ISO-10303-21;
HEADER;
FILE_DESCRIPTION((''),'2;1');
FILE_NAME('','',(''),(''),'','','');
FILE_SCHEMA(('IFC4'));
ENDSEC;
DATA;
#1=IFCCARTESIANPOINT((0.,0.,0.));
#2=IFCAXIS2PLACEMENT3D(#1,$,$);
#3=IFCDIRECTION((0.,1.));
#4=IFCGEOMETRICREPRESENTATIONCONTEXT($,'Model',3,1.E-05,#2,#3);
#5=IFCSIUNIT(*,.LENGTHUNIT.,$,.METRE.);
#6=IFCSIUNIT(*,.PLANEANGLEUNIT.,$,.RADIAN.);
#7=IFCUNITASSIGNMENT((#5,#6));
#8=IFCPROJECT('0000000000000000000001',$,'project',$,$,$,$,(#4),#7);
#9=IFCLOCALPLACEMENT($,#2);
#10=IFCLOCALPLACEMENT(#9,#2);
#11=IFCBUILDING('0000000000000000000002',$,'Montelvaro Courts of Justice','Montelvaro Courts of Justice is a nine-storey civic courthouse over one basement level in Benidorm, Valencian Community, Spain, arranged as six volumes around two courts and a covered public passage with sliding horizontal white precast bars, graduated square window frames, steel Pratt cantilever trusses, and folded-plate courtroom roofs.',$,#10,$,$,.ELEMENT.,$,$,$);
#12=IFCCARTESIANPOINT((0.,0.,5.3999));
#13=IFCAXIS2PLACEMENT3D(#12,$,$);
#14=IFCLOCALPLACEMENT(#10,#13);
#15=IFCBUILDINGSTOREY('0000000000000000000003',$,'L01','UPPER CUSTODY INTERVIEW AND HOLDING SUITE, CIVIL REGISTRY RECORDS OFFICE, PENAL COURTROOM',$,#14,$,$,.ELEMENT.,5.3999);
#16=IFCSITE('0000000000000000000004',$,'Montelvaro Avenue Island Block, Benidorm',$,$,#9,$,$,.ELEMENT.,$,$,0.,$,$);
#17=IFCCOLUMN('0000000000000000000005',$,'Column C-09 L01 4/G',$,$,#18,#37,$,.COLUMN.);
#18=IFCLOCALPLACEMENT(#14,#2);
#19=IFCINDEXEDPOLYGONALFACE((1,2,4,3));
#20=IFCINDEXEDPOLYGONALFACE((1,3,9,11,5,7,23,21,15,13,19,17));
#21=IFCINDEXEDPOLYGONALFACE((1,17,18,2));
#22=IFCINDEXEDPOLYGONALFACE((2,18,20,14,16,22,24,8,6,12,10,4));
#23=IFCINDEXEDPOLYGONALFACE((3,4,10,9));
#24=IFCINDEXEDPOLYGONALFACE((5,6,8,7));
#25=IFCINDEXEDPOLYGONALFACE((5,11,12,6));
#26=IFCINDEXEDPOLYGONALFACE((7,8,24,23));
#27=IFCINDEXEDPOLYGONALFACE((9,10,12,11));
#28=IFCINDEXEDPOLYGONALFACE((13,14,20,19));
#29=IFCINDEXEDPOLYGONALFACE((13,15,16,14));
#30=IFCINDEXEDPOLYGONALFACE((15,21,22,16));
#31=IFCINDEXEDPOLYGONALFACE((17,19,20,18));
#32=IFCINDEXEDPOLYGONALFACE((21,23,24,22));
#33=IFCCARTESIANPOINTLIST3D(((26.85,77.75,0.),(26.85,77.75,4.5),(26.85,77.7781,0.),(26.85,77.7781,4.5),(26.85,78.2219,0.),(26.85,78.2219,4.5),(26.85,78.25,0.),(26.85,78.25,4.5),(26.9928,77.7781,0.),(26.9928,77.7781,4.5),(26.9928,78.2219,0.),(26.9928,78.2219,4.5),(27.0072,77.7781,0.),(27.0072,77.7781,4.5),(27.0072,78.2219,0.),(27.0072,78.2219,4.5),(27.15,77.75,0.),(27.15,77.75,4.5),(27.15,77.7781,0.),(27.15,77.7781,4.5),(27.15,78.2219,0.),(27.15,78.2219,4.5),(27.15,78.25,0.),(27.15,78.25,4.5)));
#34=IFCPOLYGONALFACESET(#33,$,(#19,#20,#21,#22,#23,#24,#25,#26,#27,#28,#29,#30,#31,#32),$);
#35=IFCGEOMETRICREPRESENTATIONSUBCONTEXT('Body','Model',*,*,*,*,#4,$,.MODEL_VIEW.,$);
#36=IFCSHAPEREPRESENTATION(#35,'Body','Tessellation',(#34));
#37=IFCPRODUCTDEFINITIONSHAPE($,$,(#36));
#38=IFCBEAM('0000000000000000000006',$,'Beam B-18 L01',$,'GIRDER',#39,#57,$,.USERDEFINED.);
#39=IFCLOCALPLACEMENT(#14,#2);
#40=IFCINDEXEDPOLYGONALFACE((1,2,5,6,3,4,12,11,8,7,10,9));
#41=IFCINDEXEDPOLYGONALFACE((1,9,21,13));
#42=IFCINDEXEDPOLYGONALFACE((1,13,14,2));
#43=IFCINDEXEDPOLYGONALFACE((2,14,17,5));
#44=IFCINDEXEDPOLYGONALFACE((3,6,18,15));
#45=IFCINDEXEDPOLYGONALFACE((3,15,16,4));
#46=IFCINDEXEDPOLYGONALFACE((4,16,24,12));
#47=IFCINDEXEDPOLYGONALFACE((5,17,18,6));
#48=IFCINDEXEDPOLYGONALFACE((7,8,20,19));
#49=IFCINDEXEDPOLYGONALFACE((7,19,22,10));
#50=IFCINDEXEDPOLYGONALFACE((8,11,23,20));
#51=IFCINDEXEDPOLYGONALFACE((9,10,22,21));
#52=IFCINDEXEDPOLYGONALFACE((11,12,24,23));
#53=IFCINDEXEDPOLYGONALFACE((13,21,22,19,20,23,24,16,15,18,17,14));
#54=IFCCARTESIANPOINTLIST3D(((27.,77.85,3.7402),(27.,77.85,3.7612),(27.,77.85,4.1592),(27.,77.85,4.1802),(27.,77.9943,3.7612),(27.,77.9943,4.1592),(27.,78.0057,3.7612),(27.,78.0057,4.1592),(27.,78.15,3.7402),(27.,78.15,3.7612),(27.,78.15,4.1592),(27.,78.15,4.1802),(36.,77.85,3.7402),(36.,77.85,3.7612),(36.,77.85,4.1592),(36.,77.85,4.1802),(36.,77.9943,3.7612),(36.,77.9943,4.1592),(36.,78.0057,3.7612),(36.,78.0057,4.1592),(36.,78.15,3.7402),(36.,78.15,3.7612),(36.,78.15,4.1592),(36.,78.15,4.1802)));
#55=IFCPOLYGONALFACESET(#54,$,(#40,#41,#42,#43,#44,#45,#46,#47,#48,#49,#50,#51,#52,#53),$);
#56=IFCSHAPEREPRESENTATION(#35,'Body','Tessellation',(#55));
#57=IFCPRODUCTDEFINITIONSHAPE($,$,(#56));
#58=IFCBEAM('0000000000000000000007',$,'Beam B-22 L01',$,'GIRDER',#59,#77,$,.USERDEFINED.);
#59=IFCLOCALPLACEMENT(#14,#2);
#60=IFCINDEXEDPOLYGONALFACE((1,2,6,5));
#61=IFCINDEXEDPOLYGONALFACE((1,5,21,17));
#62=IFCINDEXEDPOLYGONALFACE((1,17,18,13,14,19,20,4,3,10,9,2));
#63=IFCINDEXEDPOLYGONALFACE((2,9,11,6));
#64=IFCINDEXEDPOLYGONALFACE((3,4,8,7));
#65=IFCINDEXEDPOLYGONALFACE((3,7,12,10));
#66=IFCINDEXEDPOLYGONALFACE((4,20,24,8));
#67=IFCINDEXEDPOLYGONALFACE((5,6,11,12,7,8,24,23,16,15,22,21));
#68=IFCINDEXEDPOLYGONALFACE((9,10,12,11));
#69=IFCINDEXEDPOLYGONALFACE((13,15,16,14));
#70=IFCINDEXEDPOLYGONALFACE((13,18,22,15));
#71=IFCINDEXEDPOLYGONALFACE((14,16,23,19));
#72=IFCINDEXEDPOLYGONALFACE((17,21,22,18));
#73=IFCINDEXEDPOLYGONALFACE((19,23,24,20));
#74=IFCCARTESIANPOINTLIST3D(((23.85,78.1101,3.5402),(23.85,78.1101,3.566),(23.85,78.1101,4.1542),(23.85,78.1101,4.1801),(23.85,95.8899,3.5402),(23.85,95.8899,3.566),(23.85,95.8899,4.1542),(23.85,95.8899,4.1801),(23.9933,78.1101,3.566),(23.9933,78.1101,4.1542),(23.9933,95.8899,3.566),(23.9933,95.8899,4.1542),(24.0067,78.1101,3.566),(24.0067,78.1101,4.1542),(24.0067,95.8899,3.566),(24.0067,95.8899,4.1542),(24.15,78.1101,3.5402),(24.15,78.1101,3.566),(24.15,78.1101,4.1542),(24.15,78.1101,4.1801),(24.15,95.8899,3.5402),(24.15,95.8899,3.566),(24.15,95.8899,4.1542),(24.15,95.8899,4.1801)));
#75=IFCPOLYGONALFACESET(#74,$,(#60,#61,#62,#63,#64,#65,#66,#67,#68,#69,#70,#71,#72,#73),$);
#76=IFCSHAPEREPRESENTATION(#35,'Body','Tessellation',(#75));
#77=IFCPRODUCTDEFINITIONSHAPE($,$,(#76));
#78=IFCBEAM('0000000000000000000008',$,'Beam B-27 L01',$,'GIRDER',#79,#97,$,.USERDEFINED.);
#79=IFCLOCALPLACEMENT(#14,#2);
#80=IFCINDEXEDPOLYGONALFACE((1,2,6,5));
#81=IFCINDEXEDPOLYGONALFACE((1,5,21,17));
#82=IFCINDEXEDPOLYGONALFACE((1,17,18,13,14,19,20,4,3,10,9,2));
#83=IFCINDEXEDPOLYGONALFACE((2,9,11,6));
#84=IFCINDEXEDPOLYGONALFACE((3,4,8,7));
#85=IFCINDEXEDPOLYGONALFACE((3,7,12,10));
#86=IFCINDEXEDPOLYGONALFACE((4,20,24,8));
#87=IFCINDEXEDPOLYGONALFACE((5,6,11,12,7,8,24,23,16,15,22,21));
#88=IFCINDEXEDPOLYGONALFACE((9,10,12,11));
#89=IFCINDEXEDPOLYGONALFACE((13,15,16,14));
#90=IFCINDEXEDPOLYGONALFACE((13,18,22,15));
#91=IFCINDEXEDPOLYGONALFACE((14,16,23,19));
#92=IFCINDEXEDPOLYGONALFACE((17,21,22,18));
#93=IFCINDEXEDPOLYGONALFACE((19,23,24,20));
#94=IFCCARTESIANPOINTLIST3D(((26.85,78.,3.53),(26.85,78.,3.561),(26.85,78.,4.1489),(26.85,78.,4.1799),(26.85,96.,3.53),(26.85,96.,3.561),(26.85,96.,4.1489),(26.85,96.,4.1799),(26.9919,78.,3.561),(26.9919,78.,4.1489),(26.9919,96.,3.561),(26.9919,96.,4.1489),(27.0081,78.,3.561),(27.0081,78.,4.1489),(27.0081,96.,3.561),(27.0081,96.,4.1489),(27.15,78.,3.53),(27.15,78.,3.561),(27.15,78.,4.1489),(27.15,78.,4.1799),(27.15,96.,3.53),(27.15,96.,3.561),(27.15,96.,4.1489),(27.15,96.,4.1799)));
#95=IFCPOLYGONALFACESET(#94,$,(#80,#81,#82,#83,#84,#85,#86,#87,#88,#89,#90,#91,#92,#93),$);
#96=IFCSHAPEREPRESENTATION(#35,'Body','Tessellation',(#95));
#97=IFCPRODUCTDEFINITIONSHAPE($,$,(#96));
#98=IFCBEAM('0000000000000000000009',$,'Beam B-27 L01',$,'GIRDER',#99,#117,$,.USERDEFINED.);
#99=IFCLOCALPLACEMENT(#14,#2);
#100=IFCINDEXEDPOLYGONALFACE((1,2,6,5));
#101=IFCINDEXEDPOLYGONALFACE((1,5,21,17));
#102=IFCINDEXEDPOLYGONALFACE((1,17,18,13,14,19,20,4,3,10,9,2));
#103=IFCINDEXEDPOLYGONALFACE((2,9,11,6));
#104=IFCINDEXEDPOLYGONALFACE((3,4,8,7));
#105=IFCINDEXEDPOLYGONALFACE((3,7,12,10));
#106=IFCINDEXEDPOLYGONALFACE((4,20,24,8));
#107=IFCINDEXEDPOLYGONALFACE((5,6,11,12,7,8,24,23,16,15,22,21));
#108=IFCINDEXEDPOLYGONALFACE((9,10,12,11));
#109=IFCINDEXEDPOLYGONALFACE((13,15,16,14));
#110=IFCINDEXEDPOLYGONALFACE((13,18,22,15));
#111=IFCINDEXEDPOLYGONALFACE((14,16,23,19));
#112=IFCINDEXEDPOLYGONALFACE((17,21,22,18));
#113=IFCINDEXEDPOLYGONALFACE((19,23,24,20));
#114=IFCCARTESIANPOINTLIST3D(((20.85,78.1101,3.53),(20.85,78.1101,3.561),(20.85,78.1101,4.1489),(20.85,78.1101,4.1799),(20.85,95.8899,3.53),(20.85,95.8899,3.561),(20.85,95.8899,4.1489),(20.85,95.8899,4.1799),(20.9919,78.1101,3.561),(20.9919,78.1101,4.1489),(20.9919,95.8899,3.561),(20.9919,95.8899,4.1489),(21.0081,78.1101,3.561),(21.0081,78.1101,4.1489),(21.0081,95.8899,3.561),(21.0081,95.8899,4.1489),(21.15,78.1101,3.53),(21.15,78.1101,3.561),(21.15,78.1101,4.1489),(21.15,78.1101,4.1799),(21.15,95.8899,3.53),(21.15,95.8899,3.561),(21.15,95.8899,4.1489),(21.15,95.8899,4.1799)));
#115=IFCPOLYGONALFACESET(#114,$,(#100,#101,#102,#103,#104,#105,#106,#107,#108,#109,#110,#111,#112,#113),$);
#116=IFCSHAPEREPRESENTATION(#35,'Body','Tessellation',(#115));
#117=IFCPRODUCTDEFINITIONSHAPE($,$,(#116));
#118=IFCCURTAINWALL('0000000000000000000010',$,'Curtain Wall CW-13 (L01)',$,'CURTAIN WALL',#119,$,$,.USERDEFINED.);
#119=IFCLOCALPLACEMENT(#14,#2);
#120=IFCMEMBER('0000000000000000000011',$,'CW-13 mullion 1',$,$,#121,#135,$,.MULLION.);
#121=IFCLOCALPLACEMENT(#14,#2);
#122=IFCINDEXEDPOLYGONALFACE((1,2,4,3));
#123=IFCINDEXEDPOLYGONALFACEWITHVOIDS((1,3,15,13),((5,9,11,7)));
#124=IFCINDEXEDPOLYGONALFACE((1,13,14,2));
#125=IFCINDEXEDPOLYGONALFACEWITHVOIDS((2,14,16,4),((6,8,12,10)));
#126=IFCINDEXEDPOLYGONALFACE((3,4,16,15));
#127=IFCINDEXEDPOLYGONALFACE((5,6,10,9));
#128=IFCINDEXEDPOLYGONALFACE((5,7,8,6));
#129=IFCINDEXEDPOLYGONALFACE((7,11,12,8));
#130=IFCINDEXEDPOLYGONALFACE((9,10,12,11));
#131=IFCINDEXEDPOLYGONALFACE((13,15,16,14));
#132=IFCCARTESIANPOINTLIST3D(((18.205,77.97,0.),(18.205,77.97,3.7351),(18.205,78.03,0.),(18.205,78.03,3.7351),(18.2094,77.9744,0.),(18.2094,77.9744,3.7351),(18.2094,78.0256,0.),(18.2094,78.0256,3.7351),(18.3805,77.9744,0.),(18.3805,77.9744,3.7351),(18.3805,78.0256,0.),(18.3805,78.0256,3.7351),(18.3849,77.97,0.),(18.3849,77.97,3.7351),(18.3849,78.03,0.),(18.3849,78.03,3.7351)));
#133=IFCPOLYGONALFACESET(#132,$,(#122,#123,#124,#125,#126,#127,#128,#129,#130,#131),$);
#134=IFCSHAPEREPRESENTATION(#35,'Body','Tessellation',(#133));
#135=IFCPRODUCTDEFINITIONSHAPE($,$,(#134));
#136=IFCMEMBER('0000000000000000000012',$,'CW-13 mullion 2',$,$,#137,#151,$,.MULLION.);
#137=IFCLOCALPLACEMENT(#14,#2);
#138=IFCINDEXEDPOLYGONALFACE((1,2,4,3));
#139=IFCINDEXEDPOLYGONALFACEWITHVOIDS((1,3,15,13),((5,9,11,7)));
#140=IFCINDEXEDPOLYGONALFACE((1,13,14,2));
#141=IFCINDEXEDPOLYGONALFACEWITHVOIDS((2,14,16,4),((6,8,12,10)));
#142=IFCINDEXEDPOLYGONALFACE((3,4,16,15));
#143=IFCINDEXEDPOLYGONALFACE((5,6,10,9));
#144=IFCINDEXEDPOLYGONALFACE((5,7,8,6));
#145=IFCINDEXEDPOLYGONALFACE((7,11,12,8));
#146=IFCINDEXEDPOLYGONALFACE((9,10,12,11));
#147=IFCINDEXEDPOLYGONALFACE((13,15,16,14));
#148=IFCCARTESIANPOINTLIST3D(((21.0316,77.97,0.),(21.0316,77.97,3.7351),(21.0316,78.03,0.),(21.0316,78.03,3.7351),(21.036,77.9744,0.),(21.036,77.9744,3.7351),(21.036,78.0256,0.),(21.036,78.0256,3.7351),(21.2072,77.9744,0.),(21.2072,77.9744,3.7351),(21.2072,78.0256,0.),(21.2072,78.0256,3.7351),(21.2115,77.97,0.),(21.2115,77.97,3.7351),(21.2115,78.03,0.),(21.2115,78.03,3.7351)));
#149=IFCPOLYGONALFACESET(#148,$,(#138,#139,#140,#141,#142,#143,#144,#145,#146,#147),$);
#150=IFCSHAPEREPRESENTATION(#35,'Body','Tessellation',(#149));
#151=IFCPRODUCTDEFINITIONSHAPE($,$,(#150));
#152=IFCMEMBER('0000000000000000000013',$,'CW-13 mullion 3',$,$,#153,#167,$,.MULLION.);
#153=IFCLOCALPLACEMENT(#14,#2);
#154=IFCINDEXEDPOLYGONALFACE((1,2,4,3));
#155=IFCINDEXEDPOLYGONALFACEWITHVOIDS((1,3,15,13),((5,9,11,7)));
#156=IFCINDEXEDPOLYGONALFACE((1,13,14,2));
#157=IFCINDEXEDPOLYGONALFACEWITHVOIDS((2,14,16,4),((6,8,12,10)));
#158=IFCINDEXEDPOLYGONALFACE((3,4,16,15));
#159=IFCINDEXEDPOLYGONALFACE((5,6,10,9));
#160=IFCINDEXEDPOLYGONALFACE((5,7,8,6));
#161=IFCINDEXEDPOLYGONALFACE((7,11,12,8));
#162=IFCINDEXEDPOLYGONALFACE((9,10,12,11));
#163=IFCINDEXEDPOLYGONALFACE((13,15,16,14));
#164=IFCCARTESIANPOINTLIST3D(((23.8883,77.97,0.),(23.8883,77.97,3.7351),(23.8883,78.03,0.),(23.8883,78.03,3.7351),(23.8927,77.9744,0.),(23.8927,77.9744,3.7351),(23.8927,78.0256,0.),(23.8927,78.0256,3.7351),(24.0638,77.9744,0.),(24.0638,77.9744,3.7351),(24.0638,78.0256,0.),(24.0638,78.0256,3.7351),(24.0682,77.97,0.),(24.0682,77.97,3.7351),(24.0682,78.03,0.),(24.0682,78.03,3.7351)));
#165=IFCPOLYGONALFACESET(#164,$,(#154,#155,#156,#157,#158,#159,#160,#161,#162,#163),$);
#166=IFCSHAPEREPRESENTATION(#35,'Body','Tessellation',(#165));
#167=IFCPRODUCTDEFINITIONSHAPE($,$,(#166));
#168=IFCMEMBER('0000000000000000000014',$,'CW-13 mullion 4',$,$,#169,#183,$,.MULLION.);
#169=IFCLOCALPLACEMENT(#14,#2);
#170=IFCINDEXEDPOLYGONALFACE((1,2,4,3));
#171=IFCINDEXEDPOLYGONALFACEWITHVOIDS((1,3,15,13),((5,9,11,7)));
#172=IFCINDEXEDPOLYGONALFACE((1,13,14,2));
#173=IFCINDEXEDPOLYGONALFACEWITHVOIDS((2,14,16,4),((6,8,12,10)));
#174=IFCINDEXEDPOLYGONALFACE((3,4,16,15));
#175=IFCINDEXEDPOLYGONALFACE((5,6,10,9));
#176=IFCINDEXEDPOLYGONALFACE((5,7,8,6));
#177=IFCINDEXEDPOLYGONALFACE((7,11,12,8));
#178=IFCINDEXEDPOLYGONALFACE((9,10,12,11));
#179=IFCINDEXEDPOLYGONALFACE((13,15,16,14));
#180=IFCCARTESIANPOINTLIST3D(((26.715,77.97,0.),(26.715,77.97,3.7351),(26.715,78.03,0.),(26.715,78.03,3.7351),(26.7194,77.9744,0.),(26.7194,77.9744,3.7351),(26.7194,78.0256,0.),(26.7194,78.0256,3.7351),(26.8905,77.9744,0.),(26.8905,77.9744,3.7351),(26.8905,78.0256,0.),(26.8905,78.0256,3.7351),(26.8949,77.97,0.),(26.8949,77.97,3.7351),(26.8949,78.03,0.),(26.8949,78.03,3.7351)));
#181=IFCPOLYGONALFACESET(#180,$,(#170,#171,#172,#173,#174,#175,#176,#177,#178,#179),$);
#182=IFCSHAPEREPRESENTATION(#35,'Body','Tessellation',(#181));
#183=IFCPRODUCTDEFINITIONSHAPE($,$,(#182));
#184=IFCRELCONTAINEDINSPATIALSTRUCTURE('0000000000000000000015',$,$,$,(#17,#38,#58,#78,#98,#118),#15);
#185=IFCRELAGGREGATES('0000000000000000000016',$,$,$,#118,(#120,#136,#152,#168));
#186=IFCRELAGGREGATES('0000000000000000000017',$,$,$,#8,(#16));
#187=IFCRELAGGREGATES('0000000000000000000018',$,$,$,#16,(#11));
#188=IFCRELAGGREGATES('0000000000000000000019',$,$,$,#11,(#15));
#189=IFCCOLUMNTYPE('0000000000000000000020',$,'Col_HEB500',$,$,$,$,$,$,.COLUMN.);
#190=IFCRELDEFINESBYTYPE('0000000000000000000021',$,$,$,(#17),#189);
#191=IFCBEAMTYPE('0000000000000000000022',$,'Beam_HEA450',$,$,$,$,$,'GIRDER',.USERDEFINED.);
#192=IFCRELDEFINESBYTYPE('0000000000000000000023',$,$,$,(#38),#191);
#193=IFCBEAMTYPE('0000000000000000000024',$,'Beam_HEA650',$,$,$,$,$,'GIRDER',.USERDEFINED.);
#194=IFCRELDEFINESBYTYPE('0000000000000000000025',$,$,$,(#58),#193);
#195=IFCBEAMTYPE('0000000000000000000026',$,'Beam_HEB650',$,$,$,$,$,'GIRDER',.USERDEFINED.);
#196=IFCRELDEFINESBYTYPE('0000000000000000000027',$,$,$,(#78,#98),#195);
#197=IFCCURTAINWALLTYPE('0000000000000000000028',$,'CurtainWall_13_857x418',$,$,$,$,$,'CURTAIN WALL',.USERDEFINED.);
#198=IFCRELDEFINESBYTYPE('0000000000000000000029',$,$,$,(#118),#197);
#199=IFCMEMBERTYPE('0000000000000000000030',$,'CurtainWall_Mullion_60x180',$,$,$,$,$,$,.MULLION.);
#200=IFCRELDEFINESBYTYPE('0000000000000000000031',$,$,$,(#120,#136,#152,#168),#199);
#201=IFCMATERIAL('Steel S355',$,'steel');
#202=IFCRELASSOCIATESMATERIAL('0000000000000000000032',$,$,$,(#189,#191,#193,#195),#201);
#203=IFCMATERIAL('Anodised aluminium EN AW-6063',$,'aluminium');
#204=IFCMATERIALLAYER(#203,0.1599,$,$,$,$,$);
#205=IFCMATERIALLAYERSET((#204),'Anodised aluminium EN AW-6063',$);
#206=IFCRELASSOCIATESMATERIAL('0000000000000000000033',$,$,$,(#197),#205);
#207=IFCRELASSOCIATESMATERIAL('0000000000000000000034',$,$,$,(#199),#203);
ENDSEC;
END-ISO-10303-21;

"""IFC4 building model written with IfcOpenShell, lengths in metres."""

from ifc_helpers import new_model, si_unit, direction, frame, origin, origin_2d, place, context, subcontext, project, spatial, hollow_rectangle, i_section, extrude, material, layer, layer_set, material_profile, profile_set, type_object, element, aggregate, save


model = new_model("IFC4")

# Units and contexts
model_context = context("Model", 3, precision=1e-05, world=origin(), true_north=direction((0.0, 1.0)))
body_context = subcontext(model_context, "Body", "Model", "MODEL_VIEW")
ifc_project = project(units=[si_unit("LENGTHUNIT", "METRE"), si_unit("PLANEANGLEUNIT", "RADIAN")], contexts=[model_context])

# Site, building, storey
site_placement = place(None, origin())
site = spatial("IfcSite", under=ifc_project, at=site_placement, Name="Montelvaro Avenue Island Block, Benidorm", CompositionType="ELEMENT", RefElevation=0.0)
building_placement = place(site_placement, origin())
building = spatial("IfcBuilding", under=site, at=building_placement, Name="Montelvaro Courts of Justice", Description="Montelvaro Courts of Justice is a nine-storey civic courthouse over one basement level in Benidorm, Valencian Community, Spain, arranged as six volumes around two courts and a covered public passage with sliding horizontal white precast bars, graduated square window frames, steel Pratt cantilever trusses, and folded-plate courtroom roofs.", CompositionType="ELEMENT")
storey_placement = place(building_placement, frame((0.0, 0.0, 5.3999)))
storey = spatial("IfcBuildingStorey", under=building, at=storey_placement, Name="L01", Description="UPPER CUSTODY INTERVIEW AND HOLDING SUITE, CIVIL REGISTRY RECORDS OFFICE, PENAL COURTROOM", CompositionType="ELEMENT", Elevation=5.3999)

# Column
ifc_material_1 = material(Name="Steel S355", Category="steel")
ifc_material_profile_1 = material_profile(ifc_material_1, i_section(OverallWidth=0.3, OverallDepth=0.5, WebThickness=0.0144, FlangeThickness=0.0281, at=origin_2d()), Name="HEB 500")
ifc_profile_set_1 = profile_set([ifc_material_profile_1], Name="Steel S355")
column_type = type_object("IfcColumnType", Name="Col_HEB500", PredefinedType="COLUMN", material=ifc_profile_set_1)
column_placement = place(storey_placement, frame((27.0, 78.0, 0.0), z_axis=(0.0, 0.0, 1.0), x_axis=(1.0, 0.0, 0.0)))
element("IfcColumn", 1, at=column_placement, inside=storey, type_object=column_type, Name="Column C-09 L01 4/G", PredefinedType="COLUMN", context=body_context, shape_type="SweptSolid", body=[
    extrude(i_section(OverallWidth=0.3, OverallDepth=0.5, WebThickness=0.0144, FlangeThickness=0.0281, at=origin_2d()), origin(), (0.0, 0.0, 1.0), 4.5),
])

# Beams
ifc_material_profile_2 = material_profile(ifc_material_1, i_section(OverallWidth=0.3, OverallDepth=0.4399, WebThickness=0.0115, FlangeThickness=0.021, at=origin_2d()), Name="HEA 450")
ifc_profile_set_2 = profile_set([ifc_material_profile_2], Name="Steel S355")
beam_type_1 = type_object("IfcBeamType", Name="Beam_HEA450", ElementType="GIRDER", PredefinedType="USERDEFINED", material=ifc_profile_set_2)
beam_1_placement = place(storey_placement, frame((27.0, 78.0, 3.9602), z_axis=(1.0, 0.0, 0.0), x_axis=(0.0, 1.0, 0.0)))
element("IfcBeam", 2, at=beam_1_placement, inside=storey, type_object=beam_type_1, Name="Beam B-18 L01", ObjectType="GIRDER", PredefinedType="USERDEFINED", context=body_context, shape_type="SweptSolid", body=[
    extrude(i_section(OverallWidth=0.3, OverallDepth=0.4399, WebThickness=0.0115, FlangeThickness=0.021, at=origin_2d()), origin(), (0.0, 0.0, 1.0), 9.0),
])
ifc_material_profile_3 = material_profile(ifc_material_1, i_section(OverallWidth=0.3, OverallDepth=0.6399, WebThickness=0.0134, FlangeThickness=0.0259, at=origin_2d()), Name="HEA 650")
ifc_profile_set_3 = profile_set([ifc_material_profile_3], Name="Steel S355")
beam_type_2 = type_object("IfcBeamType", Name="Beam_HEA650", ElementType="GIRDER", PredefinedType="USERDEFINED", material=ifc_profile_set_3)
beam_2_placement = place(storey_placement, frame((24.0, 78.1101, 3.8601), z_axis=(0.0, 1.0, 0.0), x_axis=(-1.0, 0.0, 0.0)))
element("IfcBeam", 3, at=beam_2_placement, inside=storey, type_object=beam_type_2, Name="Beam B-22 L01", ObjectType="GIRDER", PredefinedType="USERDEFINED", context=body_context, shape_type="SweptSolid", body=[
    extrude(i_section(OverallWidth=0.3, OverallDepth=0.6399, WebThickness=0.0134, FlangeThickness=0.0259, at=origin_2d()), origin(), (0.0, 0.0, 1.0), 17.7798),
])
ifc_material_profile_4 = material_profile(ifc_material_1, i_section(OverallWidth=0.3, OverallDepth=0.6499, WebThickness=0.0161, FlangeThickness=0.031, at=origin_2d()), Name="HEB 650")
ifc_profile_set_4 = profile_set([ifc_material_profile_4], Name="Steel S355")
beam_type_3 = type_object("IfcBeamType", Name="Beam_HEB650", ElementType="GIRDER", PredefinedType="USERDEFINED", material=ifc_profile_set_4)
beam_3_placement = place(storey_placement, frame((27.0, 78.0, 3.855), z_axis=(0.0, 1.0, 0.0), x_axis=(-1.0, 0.0, 0.0)))
element("IfcBeam", 4, at=beam_3_placement, inside=storey, type_object=beam_type_3, Name="Beam B-27 L01", ObjectType="GIRDER", PredefinedType="USERDEFINED", context=body_context, shape_type="SweptSolid", body=[
    extrude(i_section(OverallWidth=0.3, OverallDepth=0.6499, WebThickness=0.0161, FlangeThickness=0.031, at=origin_2d()), origin(), (0.0, 0.0, 1.0), 18.0),
])
beam_4_placement = place(storey_placement, frame((21.0, 78.1101, 3.855), z_axis=(0.0, 1.0, 0.0), x_axis=(-1.0, 0.0, 0.0)))
element("IfcBeam", 5, at=beam_4_placement, inside=storey, type_object=beam_type_3, Name="Beam B-27 L01", ObjectType="GIRDER", PredefinedType="USERDEFINED", context=body_context, shape_type="SweptSolid", body=[
    extrude(i_section(OverallWidth=0.3, OverallDepth=0.6499, WebThickness=0.0161, FlangeThickness=0.031, at=origin_2d()), origin(), (0.0, 0.0, 1.0), 17.7798),
])

# Curtain wall, members
ifc_material_2 = material(Name="Anodised aluminium EN AW-6063", Category="aluminium")
ifc_layer_1 = layer(ifc_material_2, 0.1599)
ifc_layer_set_1 = layer_set([ifc_layer_1], Name="Anodised aluminium EN AW-6063")
curtain_wall_type_1 = type_object("IfcCurtainWallType", Name="CurtainWall_13_857x418", ElementType="CURTAIN WALL", PredefinedType="USERDEFINED", material=ifc_layer_set_1)
curtain_wall_1_placement = place(storey_placement, origin())
curtain_wall_1 = element("IfcCurtainWall", 6, at=curtain_wall_1_placement, inside=storey, type_object=curtain_wall_type_1, Name="Curtain Wall CW-13 (L01)", ObjectType="CURTAIN WALL", PredefinedType="USERDEFINED")
ifc_material_profile_5 = material_profile(ifc_material_2, hollow_rectangle(XDim=0.0601, YDim=0.1799, WallThickness=0.0044, at=origin_2d()), Name="ALU-M 60x180")
ifc_profile_set_5 = profile_set([ifc_material_profile_5], Name="Anodised aluminium EN AW-6063")
member_type_1 = type_object("IfcMemberType", Name="CurtainWall_Mullion_60x180", PredefinedType="MULLION", material=ifc_profile_set_5)
member_1_placement = place(storey_placement, frame((18.2949, 78.0, 0.0), z_axis=(0.0, 0.0, 1.0), x_axis=(0.0, 1.0, 0.0)))
member_1 = element("IfcMember", 7, at=member_1_placement, type_object=member_type_1, Name="CW-13 mullion 1", PredefinedType="MULLION", context=body_context, shape_type="SweptSolid", body=[
    extrude(hollow_rectangle(XDim=0.0601, YDim=0.1799, WallThickness=0.0044, at=origin_2d()), origin(), (0.0, 0.0, 1.0), 3.7351),
])
member_2_placement = place(storey_placement, frame((21.1216, 78.0, 0.0), z_axis=(0.0, 0.0, 1.0), x_axis=(0.0, 1.0, 0.0)))
member_2 = element("IfcMember", 8, at=member_2_placement, type_object=member_type_1, Name="CW-13 mullion 2", PredefinedType="MULLION", context=body_context, shape_type="SweptSolid", body=[
    extrude(hollow_rectangle(XDim=0.0601, YDim=0.1799, WallThickness=0.0044, at=origin_2d()), origin(), (0.0, 0.0, 1.0), 3.7351),
])
member_3_placement = place(storey_placement, frame((23.9783, 78.0, 0.0), z_axis=(0.0, 0.0, 1.0), x_axis=(0.0, 1.0, 0.0)))
member_3 = element("IfcMember", 9, at=member_3_placement, type_object=member_type_1, Name="CW-13 mullion 3", PredefinedType="MULLION", context=body_context, shape_type="SweptSolid", body=[
    extrude(hollow_rectangle(XDim=0.0601, YDim=0.1799, WallThickness=0.0044, at=origin_2d()), origin(), (0.0, 0.0, 1.0), 3.7351),
])
member_4_placement = place(storey_placement, frame((26.8049, 78.0, 0.0), z_axis=(0.0, 0.0, 1.0), x_axis=(0.0, 1.0, 0.0)))
member_4 = element("IfcMember", 10, at=member_4_placement, type_object=member_type_1, Name="CW-13 mullion 4", PredefinedType="MULLION", context=body_context, shape_type="SweptSolid", body=[
    extrude(hollow_rectangle(XDim=0.0601, YDim=0.1799, WallThickness=0.0044, at=origin_2d()), origin(), (0.0, 0.0, 1.0), 3.7351),
])

aggregate(curtain_wall_1, [member_1, member_2, member_3, member_4])

save(model, "model.ifc")
